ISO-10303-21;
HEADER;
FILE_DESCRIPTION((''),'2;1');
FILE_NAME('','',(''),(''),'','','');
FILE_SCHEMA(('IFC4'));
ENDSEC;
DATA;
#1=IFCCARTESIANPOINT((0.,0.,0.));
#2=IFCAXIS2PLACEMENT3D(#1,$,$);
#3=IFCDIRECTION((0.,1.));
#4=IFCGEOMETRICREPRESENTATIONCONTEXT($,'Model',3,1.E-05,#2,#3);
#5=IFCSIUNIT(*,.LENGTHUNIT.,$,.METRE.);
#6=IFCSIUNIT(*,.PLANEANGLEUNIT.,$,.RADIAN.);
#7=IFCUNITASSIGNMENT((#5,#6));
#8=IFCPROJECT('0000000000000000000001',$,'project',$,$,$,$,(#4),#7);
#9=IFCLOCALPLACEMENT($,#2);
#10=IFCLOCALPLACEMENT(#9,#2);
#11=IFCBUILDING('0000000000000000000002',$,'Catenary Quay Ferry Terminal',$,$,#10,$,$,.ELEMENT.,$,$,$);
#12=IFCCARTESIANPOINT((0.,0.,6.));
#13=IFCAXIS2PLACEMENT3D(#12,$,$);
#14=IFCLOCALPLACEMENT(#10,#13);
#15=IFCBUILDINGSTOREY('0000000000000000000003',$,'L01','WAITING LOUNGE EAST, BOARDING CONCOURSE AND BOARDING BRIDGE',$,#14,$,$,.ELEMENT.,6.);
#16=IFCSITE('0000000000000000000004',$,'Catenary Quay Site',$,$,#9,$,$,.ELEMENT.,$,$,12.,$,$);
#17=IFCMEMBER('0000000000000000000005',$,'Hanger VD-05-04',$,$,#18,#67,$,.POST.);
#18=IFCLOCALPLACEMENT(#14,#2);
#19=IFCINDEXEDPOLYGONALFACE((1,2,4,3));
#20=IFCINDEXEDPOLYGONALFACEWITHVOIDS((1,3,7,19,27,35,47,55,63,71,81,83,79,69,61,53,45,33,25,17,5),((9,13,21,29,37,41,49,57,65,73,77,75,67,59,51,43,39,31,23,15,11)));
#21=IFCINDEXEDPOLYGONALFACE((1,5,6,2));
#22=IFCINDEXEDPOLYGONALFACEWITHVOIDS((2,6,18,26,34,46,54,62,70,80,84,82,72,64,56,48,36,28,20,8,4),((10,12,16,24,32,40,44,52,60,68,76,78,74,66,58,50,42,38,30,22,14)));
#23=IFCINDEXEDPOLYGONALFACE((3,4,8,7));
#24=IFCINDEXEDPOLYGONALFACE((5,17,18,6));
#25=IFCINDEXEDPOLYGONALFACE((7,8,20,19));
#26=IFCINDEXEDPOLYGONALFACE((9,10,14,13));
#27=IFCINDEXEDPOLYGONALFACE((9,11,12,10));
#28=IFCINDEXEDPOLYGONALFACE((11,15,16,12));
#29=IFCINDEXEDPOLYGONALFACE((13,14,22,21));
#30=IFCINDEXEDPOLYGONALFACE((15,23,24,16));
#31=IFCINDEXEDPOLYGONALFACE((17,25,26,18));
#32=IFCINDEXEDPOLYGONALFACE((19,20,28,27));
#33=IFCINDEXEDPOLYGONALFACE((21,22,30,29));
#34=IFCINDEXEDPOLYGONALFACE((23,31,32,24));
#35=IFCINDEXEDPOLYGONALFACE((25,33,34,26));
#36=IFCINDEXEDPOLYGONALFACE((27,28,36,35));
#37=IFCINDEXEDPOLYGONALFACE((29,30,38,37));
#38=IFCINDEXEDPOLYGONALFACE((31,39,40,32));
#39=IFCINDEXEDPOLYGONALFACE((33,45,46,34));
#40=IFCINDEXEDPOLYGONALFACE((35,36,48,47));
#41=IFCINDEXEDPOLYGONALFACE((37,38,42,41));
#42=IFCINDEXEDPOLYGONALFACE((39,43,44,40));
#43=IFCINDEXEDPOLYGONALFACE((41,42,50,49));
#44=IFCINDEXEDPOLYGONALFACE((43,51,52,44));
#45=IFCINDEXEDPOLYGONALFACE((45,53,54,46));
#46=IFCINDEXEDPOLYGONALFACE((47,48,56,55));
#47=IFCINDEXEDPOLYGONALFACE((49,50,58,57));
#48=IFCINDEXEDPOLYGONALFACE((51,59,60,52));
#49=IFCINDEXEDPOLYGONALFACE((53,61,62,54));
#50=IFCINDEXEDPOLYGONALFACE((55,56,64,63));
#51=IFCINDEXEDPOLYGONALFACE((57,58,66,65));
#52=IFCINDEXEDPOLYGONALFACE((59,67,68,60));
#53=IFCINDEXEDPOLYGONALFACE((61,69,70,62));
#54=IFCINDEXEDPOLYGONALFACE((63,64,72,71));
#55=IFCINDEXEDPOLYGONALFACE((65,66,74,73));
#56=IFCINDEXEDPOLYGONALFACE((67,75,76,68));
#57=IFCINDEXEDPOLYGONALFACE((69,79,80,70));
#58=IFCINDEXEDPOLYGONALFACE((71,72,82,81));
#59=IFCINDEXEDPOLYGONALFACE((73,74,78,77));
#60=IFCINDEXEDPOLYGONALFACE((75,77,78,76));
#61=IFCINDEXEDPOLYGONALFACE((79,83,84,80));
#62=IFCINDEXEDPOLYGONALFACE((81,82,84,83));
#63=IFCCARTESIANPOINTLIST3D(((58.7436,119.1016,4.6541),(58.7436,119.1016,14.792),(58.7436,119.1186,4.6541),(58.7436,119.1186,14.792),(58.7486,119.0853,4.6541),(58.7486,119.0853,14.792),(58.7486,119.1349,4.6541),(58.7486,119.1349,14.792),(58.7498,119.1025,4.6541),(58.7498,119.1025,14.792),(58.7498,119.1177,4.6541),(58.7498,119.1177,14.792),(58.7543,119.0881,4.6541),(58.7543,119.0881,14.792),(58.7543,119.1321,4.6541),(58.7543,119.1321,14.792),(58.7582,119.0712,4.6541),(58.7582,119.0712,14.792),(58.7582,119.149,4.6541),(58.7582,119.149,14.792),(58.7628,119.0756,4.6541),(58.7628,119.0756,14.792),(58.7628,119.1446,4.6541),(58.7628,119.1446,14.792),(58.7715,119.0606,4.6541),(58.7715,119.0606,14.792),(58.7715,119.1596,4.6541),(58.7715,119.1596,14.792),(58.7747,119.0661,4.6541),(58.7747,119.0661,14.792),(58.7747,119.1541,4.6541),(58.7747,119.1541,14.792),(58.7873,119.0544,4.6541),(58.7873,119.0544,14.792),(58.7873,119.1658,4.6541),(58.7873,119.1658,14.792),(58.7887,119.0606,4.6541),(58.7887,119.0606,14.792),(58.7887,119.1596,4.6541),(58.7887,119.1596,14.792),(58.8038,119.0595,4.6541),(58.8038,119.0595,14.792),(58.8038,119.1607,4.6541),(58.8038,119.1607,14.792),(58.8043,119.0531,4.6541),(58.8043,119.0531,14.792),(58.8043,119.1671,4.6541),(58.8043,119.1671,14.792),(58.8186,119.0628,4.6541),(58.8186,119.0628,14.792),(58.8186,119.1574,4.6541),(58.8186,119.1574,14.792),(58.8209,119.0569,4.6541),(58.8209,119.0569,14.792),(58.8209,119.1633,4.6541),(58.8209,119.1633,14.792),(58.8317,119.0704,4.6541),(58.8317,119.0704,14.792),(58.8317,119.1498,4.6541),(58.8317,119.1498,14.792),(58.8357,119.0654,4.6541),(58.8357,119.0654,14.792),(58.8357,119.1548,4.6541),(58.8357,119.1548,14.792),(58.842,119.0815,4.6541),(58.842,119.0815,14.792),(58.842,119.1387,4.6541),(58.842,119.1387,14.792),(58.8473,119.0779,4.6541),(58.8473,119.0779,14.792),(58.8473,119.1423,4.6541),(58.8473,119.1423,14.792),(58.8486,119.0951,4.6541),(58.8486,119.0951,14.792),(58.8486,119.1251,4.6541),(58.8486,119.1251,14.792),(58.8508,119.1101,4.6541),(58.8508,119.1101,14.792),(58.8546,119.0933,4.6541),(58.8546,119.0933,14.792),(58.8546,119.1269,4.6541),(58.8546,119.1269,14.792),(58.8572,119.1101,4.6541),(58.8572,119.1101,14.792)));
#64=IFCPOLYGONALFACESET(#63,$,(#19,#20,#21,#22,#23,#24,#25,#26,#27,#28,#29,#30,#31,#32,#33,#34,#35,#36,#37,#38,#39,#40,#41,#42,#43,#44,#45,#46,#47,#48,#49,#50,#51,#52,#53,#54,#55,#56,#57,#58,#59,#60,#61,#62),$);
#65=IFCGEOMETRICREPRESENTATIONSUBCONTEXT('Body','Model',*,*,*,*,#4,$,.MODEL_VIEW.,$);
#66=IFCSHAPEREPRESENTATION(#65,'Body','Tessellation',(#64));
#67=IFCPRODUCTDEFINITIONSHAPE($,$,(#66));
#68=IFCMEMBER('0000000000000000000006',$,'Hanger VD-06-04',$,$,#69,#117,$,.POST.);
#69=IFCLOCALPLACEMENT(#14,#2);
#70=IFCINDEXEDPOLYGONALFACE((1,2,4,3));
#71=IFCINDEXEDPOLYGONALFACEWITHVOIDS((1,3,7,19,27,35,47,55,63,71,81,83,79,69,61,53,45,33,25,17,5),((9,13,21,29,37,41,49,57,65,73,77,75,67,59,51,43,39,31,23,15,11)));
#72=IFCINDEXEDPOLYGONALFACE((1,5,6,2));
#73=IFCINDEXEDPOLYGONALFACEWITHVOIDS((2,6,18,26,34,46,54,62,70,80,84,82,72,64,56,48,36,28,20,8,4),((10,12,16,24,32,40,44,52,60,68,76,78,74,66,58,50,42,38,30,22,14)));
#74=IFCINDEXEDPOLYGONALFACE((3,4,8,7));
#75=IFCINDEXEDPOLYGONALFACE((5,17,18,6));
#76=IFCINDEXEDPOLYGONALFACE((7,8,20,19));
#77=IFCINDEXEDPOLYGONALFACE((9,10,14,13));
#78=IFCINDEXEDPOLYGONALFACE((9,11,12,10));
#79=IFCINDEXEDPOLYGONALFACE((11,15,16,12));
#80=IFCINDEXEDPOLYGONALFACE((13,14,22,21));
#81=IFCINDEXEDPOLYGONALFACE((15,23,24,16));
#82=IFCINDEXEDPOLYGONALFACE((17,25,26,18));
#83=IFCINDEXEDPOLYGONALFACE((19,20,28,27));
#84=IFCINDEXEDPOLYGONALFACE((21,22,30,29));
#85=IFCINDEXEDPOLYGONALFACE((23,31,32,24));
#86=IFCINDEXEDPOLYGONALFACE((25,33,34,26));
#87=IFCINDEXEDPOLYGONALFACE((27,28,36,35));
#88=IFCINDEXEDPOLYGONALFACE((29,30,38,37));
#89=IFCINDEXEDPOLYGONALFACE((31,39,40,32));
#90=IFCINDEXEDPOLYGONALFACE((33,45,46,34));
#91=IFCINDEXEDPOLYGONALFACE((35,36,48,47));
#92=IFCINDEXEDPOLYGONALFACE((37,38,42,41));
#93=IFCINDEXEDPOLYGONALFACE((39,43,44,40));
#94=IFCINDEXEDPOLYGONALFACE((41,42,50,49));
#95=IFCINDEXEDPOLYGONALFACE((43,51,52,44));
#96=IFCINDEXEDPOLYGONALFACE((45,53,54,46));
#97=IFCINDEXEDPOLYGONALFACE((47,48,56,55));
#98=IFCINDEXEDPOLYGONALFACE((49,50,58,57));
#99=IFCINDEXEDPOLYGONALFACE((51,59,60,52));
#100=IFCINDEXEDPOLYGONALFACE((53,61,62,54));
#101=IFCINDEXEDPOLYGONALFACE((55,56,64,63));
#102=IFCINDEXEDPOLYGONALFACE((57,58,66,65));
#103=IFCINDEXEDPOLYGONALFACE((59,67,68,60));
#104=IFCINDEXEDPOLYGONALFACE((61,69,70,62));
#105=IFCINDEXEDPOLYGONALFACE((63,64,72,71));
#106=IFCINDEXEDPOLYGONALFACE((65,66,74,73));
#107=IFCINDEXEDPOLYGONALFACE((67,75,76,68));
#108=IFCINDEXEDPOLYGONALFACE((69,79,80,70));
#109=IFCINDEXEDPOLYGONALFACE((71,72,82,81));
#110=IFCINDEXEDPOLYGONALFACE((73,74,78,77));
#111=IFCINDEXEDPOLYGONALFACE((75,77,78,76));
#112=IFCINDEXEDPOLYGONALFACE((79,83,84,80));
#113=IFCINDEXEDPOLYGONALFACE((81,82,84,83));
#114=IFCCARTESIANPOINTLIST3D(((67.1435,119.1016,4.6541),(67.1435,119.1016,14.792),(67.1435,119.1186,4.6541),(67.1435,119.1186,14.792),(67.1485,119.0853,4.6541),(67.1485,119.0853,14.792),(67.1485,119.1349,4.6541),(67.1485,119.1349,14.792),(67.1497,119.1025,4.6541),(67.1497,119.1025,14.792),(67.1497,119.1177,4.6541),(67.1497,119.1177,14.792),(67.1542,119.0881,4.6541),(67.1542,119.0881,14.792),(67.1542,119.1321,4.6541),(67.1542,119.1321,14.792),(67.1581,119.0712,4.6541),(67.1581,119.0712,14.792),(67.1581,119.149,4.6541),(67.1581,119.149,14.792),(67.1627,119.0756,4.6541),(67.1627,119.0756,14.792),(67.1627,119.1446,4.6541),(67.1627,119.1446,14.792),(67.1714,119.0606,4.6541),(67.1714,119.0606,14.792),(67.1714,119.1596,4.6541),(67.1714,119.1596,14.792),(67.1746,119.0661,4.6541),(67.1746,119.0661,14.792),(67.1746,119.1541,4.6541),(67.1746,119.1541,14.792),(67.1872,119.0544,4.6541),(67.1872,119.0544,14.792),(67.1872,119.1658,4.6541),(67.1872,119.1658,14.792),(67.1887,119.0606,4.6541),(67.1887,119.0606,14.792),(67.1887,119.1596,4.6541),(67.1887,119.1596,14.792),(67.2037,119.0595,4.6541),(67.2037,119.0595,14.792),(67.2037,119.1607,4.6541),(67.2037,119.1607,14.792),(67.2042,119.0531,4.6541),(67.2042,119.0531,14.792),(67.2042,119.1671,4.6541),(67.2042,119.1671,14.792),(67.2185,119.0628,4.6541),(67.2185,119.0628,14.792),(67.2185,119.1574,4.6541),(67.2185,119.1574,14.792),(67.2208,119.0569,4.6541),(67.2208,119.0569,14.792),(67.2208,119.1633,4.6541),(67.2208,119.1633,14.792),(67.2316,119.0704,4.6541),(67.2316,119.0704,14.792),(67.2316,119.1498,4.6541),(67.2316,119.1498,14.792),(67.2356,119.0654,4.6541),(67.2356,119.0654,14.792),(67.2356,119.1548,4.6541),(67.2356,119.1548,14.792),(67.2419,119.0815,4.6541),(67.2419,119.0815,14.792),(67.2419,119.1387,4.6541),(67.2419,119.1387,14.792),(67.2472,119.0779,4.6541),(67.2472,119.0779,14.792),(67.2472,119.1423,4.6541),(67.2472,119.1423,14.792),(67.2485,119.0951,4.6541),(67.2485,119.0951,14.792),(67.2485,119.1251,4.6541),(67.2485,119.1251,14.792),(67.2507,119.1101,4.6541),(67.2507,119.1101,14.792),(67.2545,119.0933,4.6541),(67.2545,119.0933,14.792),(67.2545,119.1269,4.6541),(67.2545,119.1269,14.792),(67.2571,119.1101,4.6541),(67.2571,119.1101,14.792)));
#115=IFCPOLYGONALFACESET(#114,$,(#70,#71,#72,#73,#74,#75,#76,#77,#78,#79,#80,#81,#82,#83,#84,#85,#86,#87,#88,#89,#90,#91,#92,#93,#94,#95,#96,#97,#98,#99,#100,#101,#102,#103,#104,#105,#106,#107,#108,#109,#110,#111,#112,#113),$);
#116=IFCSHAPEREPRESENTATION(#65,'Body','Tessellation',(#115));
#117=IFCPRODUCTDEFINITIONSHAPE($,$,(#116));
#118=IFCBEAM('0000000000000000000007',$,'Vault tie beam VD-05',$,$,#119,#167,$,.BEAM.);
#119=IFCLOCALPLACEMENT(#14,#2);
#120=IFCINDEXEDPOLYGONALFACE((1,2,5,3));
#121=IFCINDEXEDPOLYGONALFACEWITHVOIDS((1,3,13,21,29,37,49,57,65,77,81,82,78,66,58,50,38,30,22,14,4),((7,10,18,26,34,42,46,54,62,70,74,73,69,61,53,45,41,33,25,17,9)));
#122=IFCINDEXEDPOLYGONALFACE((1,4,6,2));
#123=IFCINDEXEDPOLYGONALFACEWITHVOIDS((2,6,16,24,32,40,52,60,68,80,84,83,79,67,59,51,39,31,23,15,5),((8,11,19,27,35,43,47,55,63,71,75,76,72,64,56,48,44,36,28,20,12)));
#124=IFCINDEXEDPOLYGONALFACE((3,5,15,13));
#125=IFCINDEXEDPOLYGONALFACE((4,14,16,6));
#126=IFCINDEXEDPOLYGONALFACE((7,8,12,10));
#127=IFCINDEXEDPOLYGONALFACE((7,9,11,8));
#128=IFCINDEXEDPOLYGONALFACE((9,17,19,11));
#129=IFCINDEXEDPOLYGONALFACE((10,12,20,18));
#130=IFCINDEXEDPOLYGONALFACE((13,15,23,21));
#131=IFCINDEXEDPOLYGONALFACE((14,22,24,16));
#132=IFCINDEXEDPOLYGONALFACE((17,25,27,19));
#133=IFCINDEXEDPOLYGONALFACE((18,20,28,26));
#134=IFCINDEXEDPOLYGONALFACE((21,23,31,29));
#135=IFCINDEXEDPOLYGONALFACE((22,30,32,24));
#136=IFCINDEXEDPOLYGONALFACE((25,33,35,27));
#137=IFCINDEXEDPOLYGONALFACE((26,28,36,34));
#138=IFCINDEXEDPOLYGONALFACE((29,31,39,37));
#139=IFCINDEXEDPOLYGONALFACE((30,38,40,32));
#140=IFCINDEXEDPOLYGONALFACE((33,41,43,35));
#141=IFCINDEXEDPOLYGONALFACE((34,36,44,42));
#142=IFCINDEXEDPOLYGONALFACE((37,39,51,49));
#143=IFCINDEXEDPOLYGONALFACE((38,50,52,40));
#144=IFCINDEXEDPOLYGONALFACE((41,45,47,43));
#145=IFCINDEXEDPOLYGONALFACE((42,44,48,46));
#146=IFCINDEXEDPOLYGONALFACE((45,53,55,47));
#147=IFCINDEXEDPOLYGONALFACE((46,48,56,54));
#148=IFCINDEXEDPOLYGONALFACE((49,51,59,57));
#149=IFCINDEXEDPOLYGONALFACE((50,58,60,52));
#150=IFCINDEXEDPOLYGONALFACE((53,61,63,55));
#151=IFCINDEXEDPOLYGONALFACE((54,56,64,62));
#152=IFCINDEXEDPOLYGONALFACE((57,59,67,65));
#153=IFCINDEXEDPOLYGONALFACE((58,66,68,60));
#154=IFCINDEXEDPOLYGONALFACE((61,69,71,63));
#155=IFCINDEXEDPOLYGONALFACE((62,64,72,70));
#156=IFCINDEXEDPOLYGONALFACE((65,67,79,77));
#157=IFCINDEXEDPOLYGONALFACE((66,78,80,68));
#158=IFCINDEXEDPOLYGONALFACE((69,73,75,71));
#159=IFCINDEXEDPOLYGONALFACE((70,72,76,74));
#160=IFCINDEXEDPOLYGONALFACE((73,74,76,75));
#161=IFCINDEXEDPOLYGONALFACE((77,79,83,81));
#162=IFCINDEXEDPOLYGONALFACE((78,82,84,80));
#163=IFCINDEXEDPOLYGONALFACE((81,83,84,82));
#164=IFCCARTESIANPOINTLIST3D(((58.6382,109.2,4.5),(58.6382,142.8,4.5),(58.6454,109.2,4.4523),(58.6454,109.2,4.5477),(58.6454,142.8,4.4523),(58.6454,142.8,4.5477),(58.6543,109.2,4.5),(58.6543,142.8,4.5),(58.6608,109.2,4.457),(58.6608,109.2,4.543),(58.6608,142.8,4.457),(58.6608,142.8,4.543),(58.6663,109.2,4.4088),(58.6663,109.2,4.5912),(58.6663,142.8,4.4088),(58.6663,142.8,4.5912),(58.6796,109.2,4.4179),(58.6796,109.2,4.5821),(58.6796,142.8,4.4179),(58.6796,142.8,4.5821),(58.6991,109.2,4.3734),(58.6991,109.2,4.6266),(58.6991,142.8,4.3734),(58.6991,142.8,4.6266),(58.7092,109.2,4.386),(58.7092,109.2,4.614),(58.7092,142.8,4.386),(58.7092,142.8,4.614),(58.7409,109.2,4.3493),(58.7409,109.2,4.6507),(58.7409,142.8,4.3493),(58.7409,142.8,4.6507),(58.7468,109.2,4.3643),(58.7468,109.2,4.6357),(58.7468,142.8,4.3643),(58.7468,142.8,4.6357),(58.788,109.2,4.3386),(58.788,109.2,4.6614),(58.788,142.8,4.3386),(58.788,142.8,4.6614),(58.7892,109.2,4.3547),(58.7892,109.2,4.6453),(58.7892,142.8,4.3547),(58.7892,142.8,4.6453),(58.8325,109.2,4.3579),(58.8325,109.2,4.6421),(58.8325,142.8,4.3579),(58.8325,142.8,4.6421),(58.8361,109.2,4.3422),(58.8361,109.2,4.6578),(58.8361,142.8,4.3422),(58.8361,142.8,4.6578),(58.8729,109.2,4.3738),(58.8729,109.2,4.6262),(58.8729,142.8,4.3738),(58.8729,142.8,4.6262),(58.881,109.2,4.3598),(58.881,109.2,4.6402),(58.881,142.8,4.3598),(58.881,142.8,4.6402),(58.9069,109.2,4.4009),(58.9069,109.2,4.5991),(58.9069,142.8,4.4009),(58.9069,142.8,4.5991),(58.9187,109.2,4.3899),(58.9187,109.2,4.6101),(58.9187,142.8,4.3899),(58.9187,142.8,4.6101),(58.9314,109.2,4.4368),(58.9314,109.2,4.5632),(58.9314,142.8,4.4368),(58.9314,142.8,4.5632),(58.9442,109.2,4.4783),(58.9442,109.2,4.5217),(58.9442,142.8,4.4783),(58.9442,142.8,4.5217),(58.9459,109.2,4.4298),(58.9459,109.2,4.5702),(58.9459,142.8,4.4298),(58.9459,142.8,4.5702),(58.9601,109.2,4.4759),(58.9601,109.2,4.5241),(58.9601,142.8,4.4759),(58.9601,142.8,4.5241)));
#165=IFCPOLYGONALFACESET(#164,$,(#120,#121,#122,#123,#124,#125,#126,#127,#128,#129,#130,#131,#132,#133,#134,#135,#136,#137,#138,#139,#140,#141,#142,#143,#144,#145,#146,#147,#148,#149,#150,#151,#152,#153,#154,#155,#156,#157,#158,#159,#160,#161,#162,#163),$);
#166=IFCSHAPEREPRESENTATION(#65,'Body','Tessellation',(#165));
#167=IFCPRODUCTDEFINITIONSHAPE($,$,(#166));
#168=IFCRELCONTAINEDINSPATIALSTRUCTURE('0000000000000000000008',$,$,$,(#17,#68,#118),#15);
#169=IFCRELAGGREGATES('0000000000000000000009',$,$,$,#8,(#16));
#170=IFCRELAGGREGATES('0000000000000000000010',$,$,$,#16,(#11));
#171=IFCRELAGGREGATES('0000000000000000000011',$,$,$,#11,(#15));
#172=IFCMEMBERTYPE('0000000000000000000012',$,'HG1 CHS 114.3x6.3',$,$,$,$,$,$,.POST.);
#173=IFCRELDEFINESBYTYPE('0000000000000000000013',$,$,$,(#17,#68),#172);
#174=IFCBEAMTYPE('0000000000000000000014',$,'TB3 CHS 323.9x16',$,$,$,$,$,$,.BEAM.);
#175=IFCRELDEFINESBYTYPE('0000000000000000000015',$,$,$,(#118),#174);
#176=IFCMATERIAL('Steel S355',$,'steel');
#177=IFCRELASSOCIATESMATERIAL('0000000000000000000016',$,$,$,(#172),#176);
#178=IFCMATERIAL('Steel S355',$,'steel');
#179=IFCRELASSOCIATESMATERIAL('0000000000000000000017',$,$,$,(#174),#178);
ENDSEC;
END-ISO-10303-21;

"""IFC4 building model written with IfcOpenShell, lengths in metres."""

from ifc_helpers import new_model, si_unit, direction, frame, origin, origin_2d, place, context, subcontext, project, spatial, hollow_circle, extrude, material, material_profile, profile_set, type_object, element, save


model = new_model("IFC4")

# Units and contexts
model_context = context("Model", 3, precision=1e-05, world=origin(), true_north=direction((0.0, 1.0)))
body_context = subcontext(model_context, "Body", "Model", "MODEL_VIEW")
ifc_project = project(units=[si_unit("LENGTHUNIT", "METRE"), si_unit("PLANEANGLEUNIT", "RADIAN")], contexts=[model_context])

# Site, building, storey
site_placement = place(None, origin())
site = spatial("IfcSite", under=ifc_project, at=site_placement, Name="Catenary Quay Site", CompositionType="ELEMENT", RefElevation=12.0)
building_placement = place(site_placement, origin())
building = spatial("IfcBuilding", under=site, at=building_placement, Name="Catenary Quay Ferry Terminal", CompositionType="ELEMENT")
storey_placement = place(building_placement, frame((0.0, 0.0, 6.0)))
storey = spatial("IfcBuildingStorey", under=building, at=storey_placement, Name="L01", Description="WAITING LOUNGE EAST, BOARDING CONCOURSE AND BOARDING BRIDGE", CompositionType="ELEMENT", Elevation=6.0)

# Members
ifc_material_1 = material(Name="Steel S355", Category="steel")
ifc_material_profile_1 = material_profile(ifc_material_1, hollow_circle(Radius=0.0571, WallThickness=0.0063, at=origin_2d()), Name="CHS 114.3x6.3")
ifc_profile_set_1 = profile_set([ifc_material_profile_1], Name="Steel S355")
member_type = type_object("IfcMemberType", Name="HG1 CHS 114.3x6.3", PredefinedType="POST", material=ifc_profile_set_1)
for number, where, z_axis, x_axis, name in (
    (1, (58.8, 119.1101, 4.6541), (0.0, 0.0, 1.0), (1.0, 0.0, 0.0), "Hanger VD-05-04"),
    (2, (67.2, 119.1101, 4.6541), (0.0, 0.0, 1.0), (1.0, 0.0, 0.0), "Hanger VD-06-04"),
):
    element("IfcMember", number, at=place(storey_placement, frame(where, z_axis=z_axis, x_axis=x_axis)), inside=storey, type_object=member_type, Name=name, PredefinedType="POST", context=body_context, shape_type="SweptSolid", body=[
        extrude(hollow_circle(Radius=0.0571, WallThickness=0.0063, at=origin_2d()), origin(), (0.0, 0.0, 1.0), 10.1379),
    ])

# Beam
ifc_material_2 = material(Name="Steel S355", Category="steel")
ifc_material_profile_2 = material_profile(ifc_material_2, hollow_circle(Radius=0.1619, WallThickness=0.0161, at=origin_2d()), Name="CHS 323.9x16")
ifc_profile_set_2 = profile_set([ifc_material_profile_2], Name="Steel S355")
beam_type_1 = type_object("IfcBeamType", Name="TB3 CHS 323.9x16", PredefinedType="BEAM", material=ifc_profile_set_2)
for number, where, z_axis, x_axis, name in (
    (3, (58.8, 109.2, 4.5), (0.0, 1.0, 0.0), (-1.0, 0.0, 0.0), "Vault tie beam VD-05"),
):
    element("IfcBeam", number, at=place(storey_placement, frame(where, z_axis=z_axis, x_axis=x_axis)), inside=storey, type_object=beam_type_1, Name=name, PredefinedType="BEAM", context=body_context, shape_type="SweptSolid", body=[
        extrude(hollow_circle(Radius=0.1619, WallThickness=0.0161, at=origin_2d()), origin(), (0.0, 0.0, 1.0), 33.6001),
    ])

save(model, "model.ifc")
